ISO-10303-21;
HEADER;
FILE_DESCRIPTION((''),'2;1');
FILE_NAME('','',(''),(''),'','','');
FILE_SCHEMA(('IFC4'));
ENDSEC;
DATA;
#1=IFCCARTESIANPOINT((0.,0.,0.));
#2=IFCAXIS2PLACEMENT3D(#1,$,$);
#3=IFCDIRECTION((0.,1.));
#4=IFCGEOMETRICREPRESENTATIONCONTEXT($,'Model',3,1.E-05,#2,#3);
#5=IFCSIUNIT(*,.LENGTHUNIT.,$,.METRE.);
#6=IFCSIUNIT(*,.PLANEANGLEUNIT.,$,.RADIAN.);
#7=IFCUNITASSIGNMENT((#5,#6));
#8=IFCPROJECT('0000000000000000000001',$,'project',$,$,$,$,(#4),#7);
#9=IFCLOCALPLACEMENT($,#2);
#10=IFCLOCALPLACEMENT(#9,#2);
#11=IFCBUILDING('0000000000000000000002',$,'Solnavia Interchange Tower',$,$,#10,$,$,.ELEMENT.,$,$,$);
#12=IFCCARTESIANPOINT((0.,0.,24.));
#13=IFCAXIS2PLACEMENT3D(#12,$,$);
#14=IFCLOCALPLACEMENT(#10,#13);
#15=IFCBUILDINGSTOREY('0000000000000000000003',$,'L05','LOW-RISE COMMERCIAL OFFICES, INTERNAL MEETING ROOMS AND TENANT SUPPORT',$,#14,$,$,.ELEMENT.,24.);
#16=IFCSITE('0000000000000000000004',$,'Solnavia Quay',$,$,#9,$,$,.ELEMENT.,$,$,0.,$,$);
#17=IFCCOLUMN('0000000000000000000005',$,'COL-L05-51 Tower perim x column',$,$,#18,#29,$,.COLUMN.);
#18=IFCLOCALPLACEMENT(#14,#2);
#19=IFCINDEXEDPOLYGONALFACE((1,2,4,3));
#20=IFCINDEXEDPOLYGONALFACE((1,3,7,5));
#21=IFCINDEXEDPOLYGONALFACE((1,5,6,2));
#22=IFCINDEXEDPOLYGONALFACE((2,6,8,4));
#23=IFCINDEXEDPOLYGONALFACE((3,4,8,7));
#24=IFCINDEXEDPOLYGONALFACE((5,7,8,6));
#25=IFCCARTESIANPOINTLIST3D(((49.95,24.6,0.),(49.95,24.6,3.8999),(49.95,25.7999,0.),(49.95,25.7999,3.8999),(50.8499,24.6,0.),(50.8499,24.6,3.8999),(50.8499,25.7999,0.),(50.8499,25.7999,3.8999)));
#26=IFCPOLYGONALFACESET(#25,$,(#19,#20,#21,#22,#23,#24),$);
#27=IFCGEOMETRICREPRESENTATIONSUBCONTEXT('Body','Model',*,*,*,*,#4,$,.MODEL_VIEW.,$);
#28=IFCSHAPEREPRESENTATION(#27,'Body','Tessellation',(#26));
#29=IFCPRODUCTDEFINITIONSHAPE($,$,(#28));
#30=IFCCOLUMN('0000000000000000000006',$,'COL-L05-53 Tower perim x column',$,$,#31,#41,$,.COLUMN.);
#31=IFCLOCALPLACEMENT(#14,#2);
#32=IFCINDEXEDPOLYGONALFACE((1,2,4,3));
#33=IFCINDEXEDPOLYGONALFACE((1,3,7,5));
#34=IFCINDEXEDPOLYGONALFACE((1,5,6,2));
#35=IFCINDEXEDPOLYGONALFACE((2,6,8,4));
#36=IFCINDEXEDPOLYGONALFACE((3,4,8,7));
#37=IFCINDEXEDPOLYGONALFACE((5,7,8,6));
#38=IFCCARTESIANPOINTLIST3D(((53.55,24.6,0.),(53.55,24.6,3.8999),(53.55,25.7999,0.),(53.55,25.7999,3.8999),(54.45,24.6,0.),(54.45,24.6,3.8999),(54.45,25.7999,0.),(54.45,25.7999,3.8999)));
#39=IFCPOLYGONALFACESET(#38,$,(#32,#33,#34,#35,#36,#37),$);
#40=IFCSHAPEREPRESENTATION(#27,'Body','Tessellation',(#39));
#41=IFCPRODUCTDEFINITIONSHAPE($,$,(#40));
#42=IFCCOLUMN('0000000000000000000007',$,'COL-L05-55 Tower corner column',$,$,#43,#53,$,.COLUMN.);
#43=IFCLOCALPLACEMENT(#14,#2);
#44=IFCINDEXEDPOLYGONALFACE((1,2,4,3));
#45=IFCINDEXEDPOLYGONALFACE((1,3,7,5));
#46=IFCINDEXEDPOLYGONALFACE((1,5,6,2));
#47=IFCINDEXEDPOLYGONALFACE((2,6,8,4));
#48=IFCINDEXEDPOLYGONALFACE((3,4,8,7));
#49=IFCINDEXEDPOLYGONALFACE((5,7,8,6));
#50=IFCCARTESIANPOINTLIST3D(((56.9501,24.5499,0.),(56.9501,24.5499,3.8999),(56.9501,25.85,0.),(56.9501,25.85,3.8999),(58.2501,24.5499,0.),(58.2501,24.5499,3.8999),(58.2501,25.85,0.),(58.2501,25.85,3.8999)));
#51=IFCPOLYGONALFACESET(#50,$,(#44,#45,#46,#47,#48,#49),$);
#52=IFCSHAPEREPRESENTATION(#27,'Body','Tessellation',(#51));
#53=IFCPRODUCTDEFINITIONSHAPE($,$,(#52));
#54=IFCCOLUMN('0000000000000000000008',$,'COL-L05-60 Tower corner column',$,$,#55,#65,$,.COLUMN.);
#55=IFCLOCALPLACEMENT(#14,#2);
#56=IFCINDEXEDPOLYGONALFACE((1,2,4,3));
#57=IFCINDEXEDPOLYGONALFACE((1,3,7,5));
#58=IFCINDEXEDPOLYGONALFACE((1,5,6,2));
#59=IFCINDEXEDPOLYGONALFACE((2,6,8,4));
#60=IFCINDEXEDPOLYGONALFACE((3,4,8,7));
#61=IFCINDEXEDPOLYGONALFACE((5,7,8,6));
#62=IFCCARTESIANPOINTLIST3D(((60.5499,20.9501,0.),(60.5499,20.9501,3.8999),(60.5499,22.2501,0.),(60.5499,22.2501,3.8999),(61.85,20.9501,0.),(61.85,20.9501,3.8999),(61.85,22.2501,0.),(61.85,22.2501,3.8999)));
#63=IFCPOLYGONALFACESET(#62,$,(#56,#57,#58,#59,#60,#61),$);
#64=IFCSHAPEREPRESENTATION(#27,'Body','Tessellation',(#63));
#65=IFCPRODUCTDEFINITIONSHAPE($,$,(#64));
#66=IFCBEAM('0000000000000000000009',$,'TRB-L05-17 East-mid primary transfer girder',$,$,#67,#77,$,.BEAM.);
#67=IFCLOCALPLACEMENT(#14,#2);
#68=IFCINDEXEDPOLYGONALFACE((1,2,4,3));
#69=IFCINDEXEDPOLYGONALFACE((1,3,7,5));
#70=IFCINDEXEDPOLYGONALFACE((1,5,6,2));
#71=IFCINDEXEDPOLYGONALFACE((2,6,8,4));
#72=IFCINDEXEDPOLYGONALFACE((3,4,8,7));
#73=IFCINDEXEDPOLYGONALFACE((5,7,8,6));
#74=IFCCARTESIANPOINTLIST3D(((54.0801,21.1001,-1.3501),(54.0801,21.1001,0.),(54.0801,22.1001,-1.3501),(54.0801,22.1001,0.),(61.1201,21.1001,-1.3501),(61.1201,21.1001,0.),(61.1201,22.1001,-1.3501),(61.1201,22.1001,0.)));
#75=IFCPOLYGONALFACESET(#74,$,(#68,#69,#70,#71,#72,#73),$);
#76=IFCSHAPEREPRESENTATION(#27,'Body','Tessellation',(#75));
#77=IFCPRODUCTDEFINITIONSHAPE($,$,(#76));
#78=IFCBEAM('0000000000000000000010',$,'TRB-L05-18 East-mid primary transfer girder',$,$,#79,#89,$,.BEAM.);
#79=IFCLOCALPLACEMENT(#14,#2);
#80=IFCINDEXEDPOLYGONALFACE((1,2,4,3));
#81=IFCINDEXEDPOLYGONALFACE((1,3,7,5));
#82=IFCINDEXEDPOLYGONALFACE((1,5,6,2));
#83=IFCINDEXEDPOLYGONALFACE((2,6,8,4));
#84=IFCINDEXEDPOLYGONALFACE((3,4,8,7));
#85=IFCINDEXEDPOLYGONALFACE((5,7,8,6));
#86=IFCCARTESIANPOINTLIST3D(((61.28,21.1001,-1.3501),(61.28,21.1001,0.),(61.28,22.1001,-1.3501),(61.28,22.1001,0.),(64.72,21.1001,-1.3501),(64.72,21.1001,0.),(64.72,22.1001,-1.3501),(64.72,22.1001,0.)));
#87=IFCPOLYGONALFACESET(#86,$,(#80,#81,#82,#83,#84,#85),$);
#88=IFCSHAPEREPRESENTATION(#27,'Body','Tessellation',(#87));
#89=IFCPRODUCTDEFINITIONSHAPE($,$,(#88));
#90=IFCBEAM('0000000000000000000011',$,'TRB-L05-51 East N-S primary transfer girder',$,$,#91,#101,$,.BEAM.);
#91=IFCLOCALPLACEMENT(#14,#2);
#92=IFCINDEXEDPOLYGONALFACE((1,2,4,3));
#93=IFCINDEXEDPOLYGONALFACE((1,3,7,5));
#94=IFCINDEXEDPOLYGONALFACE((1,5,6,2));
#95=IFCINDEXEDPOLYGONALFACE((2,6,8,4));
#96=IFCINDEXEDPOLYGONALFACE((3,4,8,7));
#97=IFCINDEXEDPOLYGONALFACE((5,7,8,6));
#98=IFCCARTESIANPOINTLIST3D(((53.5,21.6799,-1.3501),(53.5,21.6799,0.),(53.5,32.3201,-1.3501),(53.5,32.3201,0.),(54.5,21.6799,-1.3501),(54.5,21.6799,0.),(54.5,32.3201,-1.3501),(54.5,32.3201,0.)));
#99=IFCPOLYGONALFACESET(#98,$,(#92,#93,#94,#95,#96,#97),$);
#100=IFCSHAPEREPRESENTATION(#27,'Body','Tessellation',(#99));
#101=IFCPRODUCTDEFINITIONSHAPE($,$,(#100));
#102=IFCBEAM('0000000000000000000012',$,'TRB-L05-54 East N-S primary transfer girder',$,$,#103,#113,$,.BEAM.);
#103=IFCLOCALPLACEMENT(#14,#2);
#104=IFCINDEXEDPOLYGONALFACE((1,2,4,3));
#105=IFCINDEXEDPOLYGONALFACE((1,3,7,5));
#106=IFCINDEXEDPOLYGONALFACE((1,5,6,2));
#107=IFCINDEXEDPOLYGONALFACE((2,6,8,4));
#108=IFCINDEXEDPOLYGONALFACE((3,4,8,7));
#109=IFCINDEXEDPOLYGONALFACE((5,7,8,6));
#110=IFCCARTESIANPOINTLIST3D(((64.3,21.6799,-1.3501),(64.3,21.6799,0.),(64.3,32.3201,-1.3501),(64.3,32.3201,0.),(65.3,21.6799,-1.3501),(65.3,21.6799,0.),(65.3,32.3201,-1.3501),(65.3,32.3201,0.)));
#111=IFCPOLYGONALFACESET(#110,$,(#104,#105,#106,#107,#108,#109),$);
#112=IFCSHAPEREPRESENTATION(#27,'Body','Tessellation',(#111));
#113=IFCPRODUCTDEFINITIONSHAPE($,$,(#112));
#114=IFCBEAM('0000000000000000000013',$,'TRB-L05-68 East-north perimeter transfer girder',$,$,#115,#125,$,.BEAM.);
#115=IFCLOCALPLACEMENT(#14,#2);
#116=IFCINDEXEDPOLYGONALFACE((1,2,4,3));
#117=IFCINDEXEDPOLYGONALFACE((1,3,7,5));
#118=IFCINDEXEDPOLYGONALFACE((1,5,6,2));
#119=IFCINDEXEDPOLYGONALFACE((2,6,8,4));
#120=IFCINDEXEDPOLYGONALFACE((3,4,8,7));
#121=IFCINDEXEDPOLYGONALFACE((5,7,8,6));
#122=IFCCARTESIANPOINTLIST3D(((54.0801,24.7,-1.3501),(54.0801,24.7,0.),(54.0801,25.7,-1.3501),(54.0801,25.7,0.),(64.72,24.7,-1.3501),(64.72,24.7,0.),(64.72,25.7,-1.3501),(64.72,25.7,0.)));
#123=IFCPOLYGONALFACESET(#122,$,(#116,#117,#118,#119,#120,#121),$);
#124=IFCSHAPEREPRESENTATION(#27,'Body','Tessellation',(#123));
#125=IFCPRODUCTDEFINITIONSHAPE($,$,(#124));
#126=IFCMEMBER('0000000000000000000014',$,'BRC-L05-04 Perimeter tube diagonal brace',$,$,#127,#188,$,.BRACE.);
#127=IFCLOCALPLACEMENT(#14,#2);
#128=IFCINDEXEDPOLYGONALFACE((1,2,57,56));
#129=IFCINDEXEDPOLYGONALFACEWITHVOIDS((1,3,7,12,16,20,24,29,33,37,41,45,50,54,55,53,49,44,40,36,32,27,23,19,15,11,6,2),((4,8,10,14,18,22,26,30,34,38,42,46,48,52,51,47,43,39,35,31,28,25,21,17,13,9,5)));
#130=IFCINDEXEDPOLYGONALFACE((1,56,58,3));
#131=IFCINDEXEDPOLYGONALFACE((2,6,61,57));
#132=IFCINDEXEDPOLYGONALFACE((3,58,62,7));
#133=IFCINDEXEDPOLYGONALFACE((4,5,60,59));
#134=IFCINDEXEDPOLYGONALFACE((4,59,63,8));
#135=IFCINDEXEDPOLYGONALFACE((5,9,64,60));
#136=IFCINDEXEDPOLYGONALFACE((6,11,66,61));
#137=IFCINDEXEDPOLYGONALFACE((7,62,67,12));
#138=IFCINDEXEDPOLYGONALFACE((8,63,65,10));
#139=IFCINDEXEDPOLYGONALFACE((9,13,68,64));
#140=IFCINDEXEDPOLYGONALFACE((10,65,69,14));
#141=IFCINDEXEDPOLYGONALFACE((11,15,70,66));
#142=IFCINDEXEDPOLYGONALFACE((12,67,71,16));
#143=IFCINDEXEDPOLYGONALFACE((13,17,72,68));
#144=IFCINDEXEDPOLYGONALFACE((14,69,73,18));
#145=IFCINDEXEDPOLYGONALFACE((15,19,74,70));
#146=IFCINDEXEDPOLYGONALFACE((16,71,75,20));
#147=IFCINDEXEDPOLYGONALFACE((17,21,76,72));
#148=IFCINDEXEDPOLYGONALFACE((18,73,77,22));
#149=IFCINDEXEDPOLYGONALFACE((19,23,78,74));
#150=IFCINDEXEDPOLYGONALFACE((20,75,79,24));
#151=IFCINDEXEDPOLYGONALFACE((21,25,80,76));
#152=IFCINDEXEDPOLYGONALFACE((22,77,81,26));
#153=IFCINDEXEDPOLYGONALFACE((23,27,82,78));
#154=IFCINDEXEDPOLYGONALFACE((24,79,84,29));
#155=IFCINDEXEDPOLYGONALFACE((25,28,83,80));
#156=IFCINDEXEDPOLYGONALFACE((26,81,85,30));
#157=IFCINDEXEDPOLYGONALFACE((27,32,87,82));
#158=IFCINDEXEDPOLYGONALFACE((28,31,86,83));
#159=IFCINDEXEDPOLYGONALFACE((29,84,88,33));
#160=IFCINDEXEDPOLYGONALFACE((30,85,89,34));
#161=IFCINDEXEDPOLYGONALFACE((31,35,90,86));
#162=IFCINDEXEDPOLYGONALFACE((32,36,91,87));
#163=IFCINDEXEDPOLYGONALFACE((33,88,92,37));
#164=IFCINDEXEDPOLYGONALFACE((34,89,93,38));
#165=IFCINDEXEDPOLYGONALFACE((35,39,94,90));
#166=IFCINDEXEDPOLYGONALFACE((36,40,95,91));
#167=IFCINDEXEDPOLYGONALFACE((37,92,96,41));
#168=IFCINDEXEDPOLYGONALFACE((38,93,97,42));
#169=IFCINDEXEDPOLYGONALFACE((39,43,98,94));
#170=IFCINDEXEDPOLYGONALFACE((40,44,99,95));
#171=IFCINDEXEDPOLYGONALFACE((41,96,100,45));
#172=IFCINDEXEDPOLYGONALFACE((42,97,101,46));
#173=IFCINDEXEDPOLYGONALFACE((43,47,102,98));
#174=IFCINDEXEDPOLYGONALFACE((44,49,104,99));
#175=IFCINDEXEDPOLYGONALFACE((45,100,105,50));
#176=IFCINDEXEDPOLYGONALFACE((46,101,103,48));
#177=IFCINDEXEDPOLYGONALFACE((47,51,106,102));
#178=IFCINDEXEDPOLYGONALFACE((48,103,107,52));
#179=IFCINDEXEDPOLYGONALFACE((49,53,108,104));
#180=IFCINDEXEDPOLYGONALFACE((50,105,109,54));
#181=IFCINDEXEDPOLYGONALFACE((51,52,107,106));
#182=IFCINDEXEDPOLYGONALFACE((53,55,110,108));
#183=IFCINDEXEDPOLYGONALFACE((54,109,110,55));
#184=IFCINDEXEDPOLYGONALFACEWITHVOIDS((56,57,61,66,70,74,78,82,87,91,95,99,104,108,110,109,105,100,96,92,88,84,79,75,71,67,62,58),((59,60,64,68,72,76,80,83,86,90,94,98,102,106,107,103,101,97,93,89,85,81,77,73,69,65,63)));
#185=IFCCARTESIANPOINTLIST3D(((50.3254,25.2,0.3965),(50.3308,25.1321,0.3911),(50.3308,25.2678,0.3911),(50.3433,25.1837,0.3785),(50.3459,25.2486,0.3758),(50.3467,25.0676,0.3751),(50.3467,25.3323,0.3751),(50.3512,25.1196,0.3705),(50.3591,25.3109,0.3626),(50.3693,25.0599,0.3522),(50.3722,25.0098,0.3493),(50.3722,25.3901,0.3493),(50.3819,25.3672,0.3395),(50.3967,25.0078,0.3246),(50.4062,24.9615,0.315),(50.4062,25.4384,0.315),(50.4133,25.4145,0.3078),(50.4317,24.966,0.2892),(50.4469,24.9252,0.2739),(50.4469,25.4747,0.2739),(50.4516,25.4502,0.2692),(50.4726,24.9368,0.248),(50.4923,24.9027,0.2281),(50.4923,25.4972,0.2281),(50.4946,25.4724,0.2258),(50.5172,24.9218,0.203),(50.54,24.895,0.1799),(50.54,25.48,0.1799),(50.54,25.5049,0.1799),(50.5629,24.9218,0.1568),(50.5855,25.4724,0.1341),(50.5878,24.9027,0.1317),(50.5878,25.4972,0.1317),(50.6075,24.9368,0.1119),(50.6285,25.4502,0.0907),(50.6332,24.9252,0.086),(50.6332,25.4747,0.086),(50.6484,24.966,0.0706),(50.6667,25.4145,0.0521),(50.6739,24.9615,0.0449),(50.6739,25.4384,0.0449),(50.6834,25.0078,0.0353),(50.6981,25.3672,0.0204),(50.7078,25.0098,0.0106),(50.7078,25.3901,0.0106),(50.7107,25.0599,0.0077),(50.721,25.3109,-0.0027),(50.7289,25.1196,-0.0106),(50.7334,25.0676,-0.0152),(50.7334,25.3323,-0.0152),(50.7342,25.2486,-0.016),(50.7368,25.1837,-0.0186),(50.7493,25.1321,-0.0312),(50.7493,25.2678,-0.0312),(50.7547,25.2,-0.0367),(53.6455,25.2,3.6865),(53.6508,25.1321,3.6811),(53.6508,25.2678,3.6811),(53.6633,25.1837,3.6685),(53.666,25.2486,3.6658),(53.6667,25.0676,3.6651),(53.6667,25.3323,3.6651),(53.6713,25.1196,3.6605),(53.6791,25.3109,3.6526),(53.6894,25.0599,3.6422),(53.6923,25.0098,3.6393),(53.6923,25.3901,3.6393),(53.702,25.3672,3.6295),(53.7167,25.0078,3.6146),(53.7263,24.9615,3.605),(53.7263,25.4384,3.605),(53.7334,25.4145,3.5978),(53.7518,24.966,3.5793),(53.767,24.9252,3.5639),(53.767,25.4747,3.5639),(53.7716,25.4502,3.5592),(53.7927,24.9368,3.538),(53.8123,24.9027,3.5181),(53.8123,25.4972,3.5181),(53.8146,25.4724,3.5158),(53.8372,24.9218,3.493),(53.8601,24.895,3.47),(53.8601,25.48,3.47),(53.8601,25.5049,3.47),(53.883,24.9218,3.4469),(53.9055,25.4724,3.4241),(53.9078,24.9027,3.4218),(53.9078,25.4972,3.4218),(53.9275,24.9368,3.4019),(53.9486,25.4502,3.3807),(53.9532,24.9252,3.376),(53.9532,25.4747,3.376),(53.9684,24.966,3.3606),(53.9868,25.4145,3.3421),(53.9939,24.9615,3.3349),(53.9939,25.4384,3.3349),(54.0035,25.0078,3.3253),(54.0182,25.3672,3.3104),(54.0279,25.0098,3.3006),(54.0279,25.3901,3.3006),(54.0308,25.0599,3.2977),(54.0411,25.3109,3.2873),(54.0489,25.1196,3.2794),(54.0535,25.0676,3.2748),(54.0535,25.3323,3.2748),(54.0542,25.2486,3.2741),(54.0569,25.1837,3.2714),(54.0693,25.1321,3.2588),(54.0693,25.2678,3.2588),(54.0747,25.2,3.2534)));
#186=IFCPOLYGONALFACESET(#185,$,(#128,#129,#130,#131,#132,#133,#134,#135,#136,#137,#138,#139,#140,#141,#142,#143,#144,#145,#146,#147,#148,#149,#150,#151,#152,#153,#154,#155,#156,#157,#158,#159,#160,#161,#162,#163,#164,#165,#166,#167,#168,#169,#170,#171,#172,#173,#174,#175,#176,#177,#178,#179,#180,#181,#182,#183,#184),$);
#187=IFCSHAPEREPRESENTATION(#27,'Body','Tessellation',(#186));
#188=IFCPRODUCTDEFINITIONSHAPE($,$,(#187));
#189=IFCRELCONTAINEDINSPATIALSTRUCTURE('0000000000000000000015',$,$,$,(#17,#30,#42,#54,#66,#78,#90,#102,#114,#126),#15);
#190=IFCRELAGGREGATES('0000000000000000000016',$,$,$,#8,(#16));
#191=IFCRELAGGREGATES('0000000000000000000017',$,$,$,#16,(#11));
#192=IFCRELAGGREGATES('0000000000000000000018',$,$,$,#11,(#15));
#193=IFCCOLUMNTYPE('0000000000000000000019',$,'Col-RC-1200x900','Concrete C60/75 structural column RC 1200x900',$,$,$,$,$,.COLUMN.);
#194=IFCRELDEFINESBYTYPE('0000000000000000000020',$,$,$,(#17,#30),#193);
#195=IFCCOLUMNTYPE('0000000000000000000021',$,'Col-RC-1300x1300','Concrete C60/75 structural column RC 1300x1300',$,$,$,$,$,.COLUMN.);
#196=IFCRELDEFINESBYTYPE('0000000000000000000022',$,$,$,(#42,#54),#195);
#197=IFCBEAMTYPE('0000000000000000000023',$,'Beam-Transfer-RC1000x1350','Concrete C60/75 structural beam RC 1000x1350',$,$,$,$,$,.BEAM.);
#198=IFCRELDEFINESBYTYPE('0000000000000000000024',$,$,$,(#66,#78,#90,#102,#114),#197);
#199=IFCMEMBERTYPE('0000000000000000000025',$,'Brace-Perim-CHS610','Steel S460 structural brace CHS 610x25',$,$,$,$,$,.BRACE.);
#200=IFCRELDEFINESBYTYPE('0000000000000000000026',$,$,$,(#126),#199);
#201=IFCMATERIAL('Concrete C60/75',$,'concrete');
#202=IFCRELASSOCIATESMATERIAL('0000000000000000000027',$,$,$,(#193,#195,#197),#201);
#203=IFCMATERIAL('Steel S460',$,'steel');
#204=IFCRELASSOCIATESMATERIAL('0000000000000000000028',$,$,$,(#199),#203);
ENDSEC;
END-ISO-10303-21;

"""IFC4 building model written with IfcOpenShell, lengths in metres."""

from ifc_helpers import new_model, si_unit, direction, frame, origin, origin_2d, place, context, subcontext, project, spatial, rectangle, hollow_circle, extrude, material, material_profile, profile_set, type_object, element, save


model = new_model("IFC4")

# Units and contexts
model_context = context("Model", 3, precision=1e-05, world=origin(), true_north=direction((0.0, 1.0)))
body_context = subcontext(model_context, "Body", "Model", "MODEL_VIEW")
ifc_project = project(units=[si_unit("LENGTHUNIT", "METRE"), si_unit("PLANEANGLEUNIT", "RADIAN")], contexts=[model_context])

# Site, building, storey
site_placement = place(None, origin())
site = spatial("IfcSite", under=ifc_project, at=site_placement, Name="Solnavia Quay", CompositionType="ELEMENT", RefElevation=0.0)
building_placement = place(site_placement, origin())
building = spatial("IfcBuilding", under=site, at=building_placement, Name="Solnavia Interchange Tower", CompositionType="ELEMENT")
storey_placement = place(building_placement, frame((0.0, 0.0, 24.0)))
storey = spatial("IfcBuildingStorey", under=building, at=storey_placement, Name="L05", Description="LOW-RISE COMMERCIAL OFFICES, INTERNAL MEETING ROOMS AND TENANT SUPPORT", CompositionType="ELEMENT", Elevation=24.0)

# Columns
ifc_material_1 = material(Name="Concrete C60/75", Category="concrete")
ifc_material_profile_1 = material_profile(ifc_material_1, rectangle(XDim=0.8999, YDim=1.2, at=origin_2d()), Name="RC 1200x900")
ifc_profile_set_1 = profile_set([ifc_material_profile_1], Name="Concrete C60/75")
column_type_1 = type_object("IfcColumnType", Name="Col-RC-1200x900", Description="Concrete C60/75 structural column RC 1200x900", PredefinedType="COLUMN", material=ifc_profile_set_1)
for number, where, z_axis, x_axis, name in (
    (1, (50.3999, 25.2, 0.0), (0.0, 0.0, 1.0), (1.0, 0.0, 0.0), "COL-L05-51 Tower perim x column"),
    (2, (54.0, 25.2, 0.0), (0.0, 0.0, 1.0), (1.0, 0.0, 0.0), "COL-L05-53 Tower perim x column"),
):
    element("IfcColumn", number, at=place(storey_placement, frame(where, z_axis=z_axis, x_axis=x_axis)), inside=storey, type_object=column_type_1, Name=name, PredefinedType="COLUMN", context=body_context, shape_type="SweptSolid", body=[
        extrude(rectangle(XDim=0.8999, YDim=1.2, at=origin_2d()), origin(), (0.0, 0.0, 1.0), 3.8999),
    ])
ifc_material_profile_2 = material_profile(ifc_material_1, rectangle(XDim=1.3, YDim=1.3, at=origin_2d()), Name="RC 1300x1300")
ifc_profile_set_2 = profile_set([ifc_material_profile_2], Name="Concrete C60/75")
column_type_2 = type_object("IfcColumnType", Name="Col-RC-1300x1300", Description="Concrete C60/75 structural column RC 1300x1300", PredefinedType="COLUMN", material=ifc_profile_set_2)
for number, where, z_axis, x_axis, name in (
    (3, (57.6001, 25.2, 0.0), (0.0, 0.0, 1.0), (1.0, 0.0, 0.0), "COL-L05-55 Tower corner column"),
    (4, (61.2, 21.6001, 0.0), (0.0, 0.0, 1.0), (0.0, 1.0, 0.0), "COL-L05-60 Tower corner column"),
):
    element("IfcColumn", number, at=place(storey_placement, frame(where, z_axis=z_axis, x_axis=x_axis)), inside=storey, type_object=column_type_2, Name=name, PredefinedType="COLUMN", context=body_context, shape_type="SweptSolid", body=[
        extrude(rectangle(XDim=1.3, YDim=1.3, at=origin_2d()), origin(), (0.0, 0.0, 1.0), 3.8999),
    ])

# Beams
ifc_material_profile_3 = material_profile(ifc_material_1, rectangle(XDim=1.0, YDim=1.3501, at=origin_2d()), Name="RC 1000x1350")
ifc_profile_set_3 = profile_set([ifc_material_profile_3], Name="Concrete C60/75")
beam_type = type_object("IfcBeamType", Name="Beam-Transfer-RC1000x1350", Description="Concrete C60/75 structural beam RC 1000x1350", PredefinedType="BEAM", material=ifc_profile_set_3)
beam_1_placement = place(storey_placement, frame((54.0801, 21.6001, -0.675), z_axis=(1.0, 0.0, 0.0), x_axis=(0.0, 1.0, 0.0)))
element("IfcBeam", 5, at=beam_1_placement, inside=storey, type_object=beam_type, Name="TRB-L05-17 East-mid primary transfer girder", PredefinedType="BEAM", context=body_context, shape_type="SweptSolid", body=[
    extrude(rectangle(XDim=1.0, YDim=1.3501, at=origin_2d()), origin(), (0.0, 0.0, 1.0), 7.04),
])
beam_2_placement = place(storey_placement, frame((61.28, 21.6001, -0.675), z_axis=(1.0, 0.0, 0.0), x_axis=(0.0, 1.0, 0.0)))
element("IfcBeam", 6, at=beam_2_placement, inside=storey, type_object=beam_type, Name="TRB-L05-18 East-mid primary transfer girder", PredefinedType="BEAM", context=body_context, shape_type="SweptSolid", body=[
    extrude(rectangle(XDim=1.0, YDim=1.3501, at=origin_2d()), origin(), (0.0, 0.0, 1.0), 3.4399),
])
for number, where, z_axis, x_axis, name in (
    (7, (54.0, 21.6799, -0.675), (0.0, 1.0, 0.0), (-1.0, 0.0, 0.0), "TRB-L05-51 East N-S primary transfer girder"),
    (8, (64.8, 21.6799, -0.675), (0.0, 1.0, 0.0), (-1.0, 0.0, 0.0), "TRB-L05-54 East N-S primary transfer girder"),
):
    element("IfcBeam", number, at=place(storey_placement, frame(where, z_axis=z_axis, x_axis=x_axis)), inside=storey, type_object=beam_type, Name=name, PredefinedType="BEAM", context=body_context, shape_type="SweptSolid", body=[
        extrude(rectangle(XDim=1.0, YDim=1.3501, at=origin_2d()), origin(), (0.0, 0.0, 1.0), 10.6401),
    ])
beam_3_placement = place(storey_placement, frame((54.0801, 25.2, -0.675), z_axis=(1.0, 0.0, 0.0), x_axis=(0.0, 1.0, 0.0)))
element("IfcBeam", 9, at=beam_3_placement, inside=storey, type_object=beam_type, Name="TRB-L05-68 East-north perimeter transfer girder", PredefinedType="BEAM", context=body_context, shape_type="SweptSolid", body=[
    extrude(rectangle(XDim=1.0, YDim=1.3501, at=origin_2d()), origin(), (0.0, 0.0, 1.0), 10.6399),
])

# Member
ifc_material_2 = material(Name="Steel S460", Category="steel")
ifc_material_profile_4 = material_profile(ifc_material_2, hollow_circle(Radius=0.3049, WallThickness=0.0249, at=origin_2d()), Name="CHS 610x25")
ifc_profile_set_4 = profile_set([ifc_material_profile_4], Name="Steel S460")
member_type_1 = type_object("IfcMemberType", Name="Brace-Perim-CHS610", Description="Steel S460 structural brace CHS 610x25", PredefinedType="BRACE", material=ifc_profile_set_4)
member_1_placement = place(storey_placement, frame((50.54, 25.2, 0.1799), z_axis=(0.710312, 0.0, 0.703887), x_axis=(0.0, 1.0, 0.0)))
element("IfcMember", 10, at=member_1_placement, inside=storey, type_object=member_type_1, Name="BRC-L05-04 Perimeter tube diagonal brace", PredefinedType="BRACE", context=body_context, shape_type="SweptSolid", body=[
    extrude(hollow_circle(Radius=0.3049, WallThickness=0.0249, at=origin_2d()), origin(), (0.0, 0.0, 1.0), 4.6741),
])

save(model, "model.ifc")
